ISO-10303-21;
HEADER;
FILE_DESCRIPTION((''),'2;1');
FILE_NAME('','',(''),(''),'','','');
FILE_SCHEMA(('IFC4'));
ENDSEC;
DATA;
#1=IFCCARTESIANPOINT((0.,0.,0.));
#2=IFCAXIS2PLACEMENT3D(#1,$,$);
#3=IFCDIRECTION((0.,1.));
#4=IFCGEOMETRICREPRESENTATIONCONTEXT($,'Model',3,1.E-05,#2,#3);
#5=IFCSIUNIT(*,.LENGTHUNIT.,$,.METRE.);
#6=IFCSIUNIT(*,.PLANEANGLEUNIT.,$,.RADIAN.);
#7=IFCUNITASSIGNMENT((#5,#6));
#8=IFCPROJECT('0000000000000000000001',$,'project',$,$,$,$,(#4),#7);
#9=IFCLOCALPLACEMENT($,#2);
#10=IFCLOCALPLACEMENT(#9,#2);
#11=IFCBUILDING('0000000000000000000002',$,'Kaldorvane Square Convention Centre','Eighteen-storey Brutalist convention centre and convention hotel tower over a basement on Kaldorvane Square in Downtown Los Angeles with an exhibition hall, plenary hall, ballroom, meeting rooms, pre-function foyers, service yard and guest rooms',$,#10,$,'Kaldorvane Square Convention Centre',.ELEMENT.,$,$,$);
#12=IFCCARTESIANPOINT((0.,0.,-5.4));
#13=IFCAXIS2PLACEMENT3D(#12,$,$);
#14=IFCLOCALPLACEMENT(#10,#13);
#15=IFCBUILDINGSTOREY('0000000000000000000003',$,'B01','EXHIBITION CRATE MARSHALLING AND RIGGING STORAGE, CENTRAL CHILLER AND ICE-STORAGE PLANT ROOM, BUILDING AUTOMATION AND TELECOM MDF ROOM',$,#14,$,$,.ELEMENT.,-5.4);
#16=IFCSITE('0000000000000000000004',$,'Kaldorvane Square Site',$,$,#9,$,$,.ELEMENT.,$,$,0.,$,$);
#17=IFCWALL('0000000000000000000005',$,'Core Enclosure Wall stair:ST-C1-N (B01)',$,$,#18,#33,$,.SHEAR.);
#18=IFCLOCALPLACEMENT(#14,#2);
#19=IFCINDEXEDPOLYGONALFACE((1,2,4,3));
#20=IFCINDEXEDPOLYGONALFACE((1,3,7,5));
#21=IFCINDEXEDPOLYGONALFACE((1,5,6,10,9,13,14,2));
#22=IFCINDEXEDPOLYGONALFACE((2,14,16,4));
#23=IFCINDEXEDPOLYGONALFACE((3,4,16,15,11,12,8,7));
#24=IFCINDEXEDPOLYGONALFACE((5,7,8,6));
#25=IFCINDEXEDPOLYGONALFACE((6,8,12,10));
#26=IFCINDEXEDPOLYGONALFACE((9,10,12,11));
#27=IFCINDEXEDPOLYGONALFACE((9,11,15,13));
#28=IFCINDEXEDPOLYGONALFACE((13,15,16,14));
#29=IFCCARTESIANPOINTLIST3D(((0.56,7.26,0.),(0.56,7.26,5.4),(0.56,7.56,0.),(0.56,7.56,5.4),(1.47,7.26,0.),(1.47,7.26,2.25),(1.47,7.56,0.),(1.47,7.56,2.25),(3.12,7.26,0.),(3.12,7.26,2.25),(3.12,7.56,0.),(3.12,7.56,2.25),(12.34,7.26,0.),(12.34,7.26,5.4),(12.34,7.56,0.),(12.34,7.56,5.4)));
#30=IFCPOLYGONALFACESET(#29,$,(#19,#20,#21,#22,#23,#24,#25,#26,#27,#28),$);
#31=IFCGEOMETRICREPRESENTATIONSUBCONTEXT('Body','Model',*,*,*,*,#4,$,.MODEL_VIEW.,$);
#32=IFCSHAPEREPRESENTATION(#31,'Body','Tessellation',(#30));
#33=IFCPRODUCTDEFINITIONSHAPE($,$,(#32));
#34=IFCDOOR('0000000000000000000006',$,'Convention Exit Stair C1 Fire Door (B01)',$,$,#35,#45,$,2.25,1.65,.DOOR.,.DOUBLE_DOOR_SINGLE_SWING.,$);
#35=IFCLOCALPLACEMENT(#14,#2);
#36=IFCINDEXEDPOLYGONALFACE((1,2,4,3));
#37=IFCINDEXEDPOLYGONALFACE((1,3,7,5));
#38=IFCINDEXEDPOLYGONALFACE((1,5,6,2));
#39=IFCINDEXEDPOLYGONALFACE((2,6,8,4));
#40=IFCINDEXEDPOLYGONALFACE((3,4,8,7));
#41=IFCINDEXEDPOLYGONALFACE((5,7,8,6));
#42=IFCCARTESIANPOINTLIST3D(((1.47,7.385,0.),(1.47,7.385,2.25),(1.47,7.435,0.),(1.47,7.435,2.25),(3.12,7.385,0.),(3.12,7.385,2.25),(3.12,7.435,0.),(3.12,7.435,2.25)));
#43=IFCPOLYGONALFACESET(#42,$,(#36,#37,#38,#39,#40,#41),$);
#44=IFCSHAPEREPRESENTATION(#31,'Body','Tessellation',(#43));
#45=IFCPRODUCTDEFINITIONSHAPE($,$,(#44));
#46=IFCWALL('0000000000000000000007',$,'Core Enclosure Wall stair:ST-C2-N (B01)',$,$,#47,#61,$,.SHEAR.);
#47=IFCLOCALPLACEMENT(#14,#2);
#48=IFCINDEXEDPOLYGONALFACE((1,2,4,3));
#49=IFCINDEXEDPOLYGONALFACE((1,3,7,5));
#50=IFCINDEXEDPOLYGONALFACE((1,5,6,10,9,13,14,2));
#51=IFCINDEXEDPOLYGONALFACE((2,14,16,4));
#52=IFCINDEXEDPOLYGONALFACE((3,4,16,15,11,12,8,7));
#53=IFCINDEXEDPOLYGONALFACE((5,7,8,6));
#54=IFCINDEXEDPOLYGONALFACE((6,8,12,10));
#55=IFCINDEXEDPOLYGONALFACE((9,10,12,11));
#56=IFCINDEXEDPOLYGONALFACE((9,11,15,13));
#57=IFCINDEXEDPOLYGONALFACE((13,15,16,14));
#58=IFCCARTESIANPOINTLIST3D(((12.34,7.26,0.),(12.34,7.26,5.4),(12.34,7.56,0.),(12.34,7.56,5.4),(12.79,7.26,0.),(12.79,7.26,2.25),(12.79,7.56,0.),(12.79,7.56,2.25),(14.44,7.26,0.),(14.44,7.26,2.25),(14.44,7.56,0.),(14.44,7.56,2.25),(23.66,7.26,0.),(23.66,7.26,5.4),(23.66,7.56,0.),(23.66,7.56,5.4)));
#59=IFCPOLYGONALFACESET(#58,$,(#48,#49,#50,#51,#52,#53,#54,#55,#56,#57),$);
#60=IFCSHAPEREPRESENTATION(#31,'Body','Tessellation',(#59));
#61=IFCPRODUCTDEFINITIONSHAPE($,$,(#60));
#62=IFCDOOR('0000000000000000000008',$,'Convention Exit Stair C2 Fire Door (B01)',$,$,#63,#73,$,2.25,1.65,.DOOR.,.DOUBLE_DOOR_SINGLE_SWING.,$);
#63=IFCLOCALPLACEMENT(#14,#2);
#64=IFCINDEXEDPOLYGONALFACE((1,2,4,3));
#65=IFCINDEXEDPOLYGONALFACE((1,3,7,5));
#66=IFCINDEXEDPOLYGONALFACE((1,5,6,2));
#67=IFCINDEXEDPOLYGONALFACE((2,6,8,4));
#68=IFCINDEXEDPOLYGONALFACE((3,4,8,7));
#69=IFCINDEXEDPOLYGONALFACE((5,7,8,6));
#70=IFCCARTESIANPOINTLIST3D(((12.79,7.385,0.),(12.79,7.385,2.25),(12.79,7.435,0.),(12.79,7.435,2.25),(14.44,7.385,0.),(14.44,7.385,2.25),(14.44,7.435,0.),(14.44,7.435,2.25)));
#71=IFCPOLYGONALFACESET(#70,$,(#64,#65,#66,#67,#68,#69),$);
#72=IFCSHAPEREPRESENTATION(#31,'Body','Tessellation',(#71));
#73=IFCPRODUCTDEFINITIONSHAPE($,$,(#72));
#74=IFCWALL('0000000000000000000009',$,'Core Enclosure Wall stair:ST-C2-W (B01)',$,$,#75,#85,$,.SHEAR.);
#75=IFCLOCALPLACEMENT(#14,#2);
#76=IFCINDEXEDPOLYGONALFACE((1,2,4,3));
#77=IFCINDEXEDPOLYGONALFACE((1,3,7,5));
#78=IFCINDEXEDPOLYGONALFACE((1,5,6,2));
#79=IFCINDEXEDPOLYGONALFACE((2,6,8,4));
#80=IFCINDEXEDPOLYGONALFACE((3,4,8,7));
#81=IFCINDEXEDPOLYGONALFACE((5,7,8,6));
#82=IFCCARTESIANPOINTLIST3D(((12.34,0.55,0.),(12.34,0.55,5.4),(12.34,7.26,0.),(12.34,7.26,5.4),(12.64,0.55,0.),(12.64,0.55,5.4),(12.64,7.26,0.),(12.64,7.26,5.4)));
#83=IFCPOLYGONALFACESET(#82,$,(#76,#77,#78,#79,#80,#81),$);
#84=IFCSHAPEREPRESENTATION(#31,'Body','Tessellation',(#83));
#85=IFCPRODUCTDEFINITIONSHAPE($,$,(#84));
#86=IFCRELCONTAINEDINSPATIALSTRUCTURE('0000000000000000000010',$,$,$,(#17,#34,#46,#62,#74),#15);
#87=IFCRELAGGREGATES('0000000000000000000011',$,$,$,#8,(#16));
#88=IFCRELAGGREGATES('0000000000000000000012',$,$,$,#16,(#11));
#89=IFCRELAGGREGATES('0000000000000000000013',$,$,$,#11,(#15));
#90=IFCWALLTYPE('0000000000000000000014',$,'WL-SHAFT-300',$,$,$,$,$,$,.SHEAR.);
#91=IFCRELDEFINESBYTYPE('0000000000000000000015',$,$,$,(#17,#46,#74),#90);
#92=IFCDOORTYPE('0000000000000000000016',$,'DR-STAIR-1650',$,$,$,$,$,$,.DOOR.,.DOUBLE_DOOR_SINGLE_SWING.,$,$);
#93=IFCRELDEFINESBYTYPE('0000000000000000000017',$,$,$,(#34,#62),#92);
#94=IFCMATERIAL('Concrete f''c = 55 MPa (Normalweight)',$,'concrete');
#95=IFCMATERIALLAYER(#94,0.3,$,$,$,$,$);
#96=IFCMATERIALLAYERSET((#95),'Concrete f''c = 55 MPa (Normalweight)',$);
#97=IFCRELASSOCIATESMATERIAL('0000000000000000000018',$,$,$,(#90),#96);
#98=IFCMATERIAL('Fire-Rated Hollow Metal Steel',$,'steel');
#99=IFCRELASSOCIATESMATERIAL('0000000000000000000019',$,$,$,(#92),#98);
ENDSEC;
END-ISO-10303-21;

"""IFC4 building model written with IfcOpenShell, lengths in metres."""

from ifc_helpers import new_model, si_unit, direction, frame, frame_2d, origin, place, context, subcontext, project, spatial, rectangle, extrude, material, layer, layer_set, type_object, element, fill, save


model = new_model("IFC4")

# Units and contexts
model_context = context("Model", 3, precision=1e-05, world=origin(), true_north=direction((0.0, 1.0)))
body_context = subcontext(model_context, "Body", "Model", "MODEL_VIEW")
ifc_project = project(units=[si_unit("LENGTHUNIT", "METRE"), si_unit("PLANEANGLEUNIT", "RADIAN")], contexts=[model_context])

# Site, building, storey
site_placement = place(None, origin())
site = spatial("IfcSite", under=ifc_project, at=site_placement, Name="Kaldorvane Square Site", CompositionType="ELEMENT", RefElevation=0.0)
building_placement = place(site_placement, origin())
building = spatial("IfcBuilding", under=site, at=building_placement, Name="Kaldorvane Square Convention Centre", Description="Eighteen-storey Brutalist convention centre and convention hotel tower over a basement on Kaldorvane Square in Downtown Los Angeles with an exhibition hall, plenary hall, ballroom, meeting rooms, pre-function foyers, service yard and guest rooms", LongName="Kaldorvane Square Convention Centre", CompositionType="ELEMENT")
storey_placement = place(building_placement, frame((0.0, 0.0, -5.4)))
storey = spatial("IfcBuildingStorey", under=building, at=storey_placement, Name="B01", Description="EXHIBITION CRATE MARSHALLING AND RIGGING STORAGE, CENTRAL CHILLER AND ICE-STORAGE PLANT ROOM, BUILDING AUTOMATION AND TELECOM MDF ROOM", CompositionType="ELEMENT", Elevation=-5.4)

# Shared definitions
ifc_material_1 = material(Name="Concrete f'c = 55 MPa (Normalweight)", Category="concrete")

# Walls, openings, doors
ifc_layer = layer(ifc_material_1, 0.3)
ifc_layer_set = layer_set([ifc_layer], Name="Concrete f'c = 55 MPa (Normalweight)")
wall_type = type_object("IfcWallType", Name="WL-SHAFT-300", PredefinedType="SHEAR", material=ifc_layer_set)
wall_1_placement = place(storey_placement, frame((12.34, 7.41, 0.0), z_axis=(0.0, 0.0, 1.0), x_axis=(-1.0, 0.0, 0.0)))
wall_1 = element("IfcWall", 1, at=wall_1_placement, inside=storey, type_object=wall_type, Name="Core Enclosure Wall stair:ST-C1-N (B01)", PredefinedType="SHEAR", context=body_context, shape_type="SweptSolid", body=[
    extrude(rectangle(XDim=11.78, YDim=0.3, at=frame_2d((5.89, 0.0))), origin(), (0.0, 0.0, 1.0), 5.4),
])
opening_1_placement = place(wall_1_placement, frame((9.22, 0.0, 0.0)))
opening_1 = element("IfcOpeningElement", 2, at=opening_1_placement, cuts=wall_1, PredefinedType="OPENING", context=body_context, shape_type="SweptSolid", body=[
    extrude(rectangle(XDim=1.65, YDim=2.25, at=frame_2d((0.825, 1.125))), frame((0.0, 0.165, 0.0), z_axis=(0.0, -1.0, 0.0), x_axis=(1.0, 0.0, 0.0)), (0.0, 0.0, 1.0), 0.33),
])
ifc_material_2 = material(Name="Fire-Rated Hollow Metal Steel", Category="steel")
door_type = type_object("IfcDoorType", Name="DR-STAIR-1650", OperationType="DOUBLE_DOOR_SINGLE_SWING", PredefinedType="DOOR", material=ifc_material_2)
door_1_placement = place(opening_1_placement, origin())
door_1 = element("IfcDoor", 3, at=door_1_placement, inside=storey, type_object=door_type, Name="Convention Exit Stair C1 Fire Door (B01)", OperationType="DOUBLE_DOOR_SINGLE_SWING", OverallHeight=2.25, OverallWidth=1.65, PredefinedType="DOOR", context=body_context, shape_type="SweptSolid", body=[
    extrude(rectangle(XDim=1.65, YDim=2.25, at=frame_2d((0.825, 1.125))), frame((0.0, 0.025, 0.0), z_axis=(0.0, -1.0, 0.0), x_axis=(1.0, 0.0, 0.0)), (0.0, 0.0, 1.0), 0.05),
])
fill(opening_1, door_1)
wall_2_placement = place(storey_placement, frame((23.66, 7.41, 0.0), z_axis=(0.0, 0.0, 1.0), x_axis=(-1.0, 0.0, 0.0)))
wall_2 = element("IfcWall", 4, at=wall_2_placement, inside=storey, type_object=wall_type, Name="Core Enclosure Wall stair:ST-C2-N (B01)", PredefinedType="SHEAR", context=body_context, shape_type="SweptSolid", body=[
    extrude(rectangle(XDim=11.32, YDim=0.3, at=frame_2d((5.66, 0.0))), origin(), (0.0, 0.0, 1.0), 5.4),
])
opening_2_placement = place(wall_2_placement, frame((9.22, 0.0, 0.0)))
opening_2 = element("IfcOpeningElement", 5, at=opening_2_placement, cuts=wall_2, PredefinedType="OPENING", context=body_context, shape_type="SweptSolid", body=[
    extrude(rectangle(XDim=1.65, YDim=2.25, at=frame_2d((0.825, 1.125))), frame((0.0, 0.165, 0.0), z_axis=(0.0, -1.0, 0.0), x_axis=(1.0, 0.0, 0.0)), (0.0, 0.0, 1.0), 0.33),
])
door_2_placement = place(opening_2_placement, origin())
door_2 = element("IfcDoor", 6, at=door_2_placement, inside=storey, type_object=door_type, Name="Convention Exit Stair C2 Fire Door (B01)", OperationType="DOUBLE_DOOR_SINGLE_SWING", OverallHeight=2.25, OverallWidth=1.65, PredefinedType="DOOR", context=body_context, shape_type="SweptSolid", body=[
    extrude(rectangle(XDim=1.65, YDim=2.25, at=frame_2d((0.825, 1.125))), frame((0.0, 0.025, 0.0), z_axis=(0.0, -1.0, 0.0), x_axis=(1.0, 0.0, 0.0)), (0.0, 0.0, 1.0), 0.05),
])
fill(opening_2, door_2)

# Wall
wall_3_placement = place(storey_placement, frame((12.49, 7.26, 0.0), z_axis=(0.0, 0.0, 1.0), x_axis=(0.0, -1.0, 0.0)))
element("IfcWall", 7, at=wall_3_placement, inside=storey, type_object=wall_type, Name="Core Enclosure Wall stair:ST-C2-W (B01)", PredefinedType="SHEAR", context=body_context, shape_type="SweptSolid", body=[
    extrude(rectangle(XDim=6.71, YDim=0.3, at=frame_2d((3.355, 0.0))), origin(), (0.0, 0.0, 1.0), 5.4),
])

save(model, "model.ifc")
